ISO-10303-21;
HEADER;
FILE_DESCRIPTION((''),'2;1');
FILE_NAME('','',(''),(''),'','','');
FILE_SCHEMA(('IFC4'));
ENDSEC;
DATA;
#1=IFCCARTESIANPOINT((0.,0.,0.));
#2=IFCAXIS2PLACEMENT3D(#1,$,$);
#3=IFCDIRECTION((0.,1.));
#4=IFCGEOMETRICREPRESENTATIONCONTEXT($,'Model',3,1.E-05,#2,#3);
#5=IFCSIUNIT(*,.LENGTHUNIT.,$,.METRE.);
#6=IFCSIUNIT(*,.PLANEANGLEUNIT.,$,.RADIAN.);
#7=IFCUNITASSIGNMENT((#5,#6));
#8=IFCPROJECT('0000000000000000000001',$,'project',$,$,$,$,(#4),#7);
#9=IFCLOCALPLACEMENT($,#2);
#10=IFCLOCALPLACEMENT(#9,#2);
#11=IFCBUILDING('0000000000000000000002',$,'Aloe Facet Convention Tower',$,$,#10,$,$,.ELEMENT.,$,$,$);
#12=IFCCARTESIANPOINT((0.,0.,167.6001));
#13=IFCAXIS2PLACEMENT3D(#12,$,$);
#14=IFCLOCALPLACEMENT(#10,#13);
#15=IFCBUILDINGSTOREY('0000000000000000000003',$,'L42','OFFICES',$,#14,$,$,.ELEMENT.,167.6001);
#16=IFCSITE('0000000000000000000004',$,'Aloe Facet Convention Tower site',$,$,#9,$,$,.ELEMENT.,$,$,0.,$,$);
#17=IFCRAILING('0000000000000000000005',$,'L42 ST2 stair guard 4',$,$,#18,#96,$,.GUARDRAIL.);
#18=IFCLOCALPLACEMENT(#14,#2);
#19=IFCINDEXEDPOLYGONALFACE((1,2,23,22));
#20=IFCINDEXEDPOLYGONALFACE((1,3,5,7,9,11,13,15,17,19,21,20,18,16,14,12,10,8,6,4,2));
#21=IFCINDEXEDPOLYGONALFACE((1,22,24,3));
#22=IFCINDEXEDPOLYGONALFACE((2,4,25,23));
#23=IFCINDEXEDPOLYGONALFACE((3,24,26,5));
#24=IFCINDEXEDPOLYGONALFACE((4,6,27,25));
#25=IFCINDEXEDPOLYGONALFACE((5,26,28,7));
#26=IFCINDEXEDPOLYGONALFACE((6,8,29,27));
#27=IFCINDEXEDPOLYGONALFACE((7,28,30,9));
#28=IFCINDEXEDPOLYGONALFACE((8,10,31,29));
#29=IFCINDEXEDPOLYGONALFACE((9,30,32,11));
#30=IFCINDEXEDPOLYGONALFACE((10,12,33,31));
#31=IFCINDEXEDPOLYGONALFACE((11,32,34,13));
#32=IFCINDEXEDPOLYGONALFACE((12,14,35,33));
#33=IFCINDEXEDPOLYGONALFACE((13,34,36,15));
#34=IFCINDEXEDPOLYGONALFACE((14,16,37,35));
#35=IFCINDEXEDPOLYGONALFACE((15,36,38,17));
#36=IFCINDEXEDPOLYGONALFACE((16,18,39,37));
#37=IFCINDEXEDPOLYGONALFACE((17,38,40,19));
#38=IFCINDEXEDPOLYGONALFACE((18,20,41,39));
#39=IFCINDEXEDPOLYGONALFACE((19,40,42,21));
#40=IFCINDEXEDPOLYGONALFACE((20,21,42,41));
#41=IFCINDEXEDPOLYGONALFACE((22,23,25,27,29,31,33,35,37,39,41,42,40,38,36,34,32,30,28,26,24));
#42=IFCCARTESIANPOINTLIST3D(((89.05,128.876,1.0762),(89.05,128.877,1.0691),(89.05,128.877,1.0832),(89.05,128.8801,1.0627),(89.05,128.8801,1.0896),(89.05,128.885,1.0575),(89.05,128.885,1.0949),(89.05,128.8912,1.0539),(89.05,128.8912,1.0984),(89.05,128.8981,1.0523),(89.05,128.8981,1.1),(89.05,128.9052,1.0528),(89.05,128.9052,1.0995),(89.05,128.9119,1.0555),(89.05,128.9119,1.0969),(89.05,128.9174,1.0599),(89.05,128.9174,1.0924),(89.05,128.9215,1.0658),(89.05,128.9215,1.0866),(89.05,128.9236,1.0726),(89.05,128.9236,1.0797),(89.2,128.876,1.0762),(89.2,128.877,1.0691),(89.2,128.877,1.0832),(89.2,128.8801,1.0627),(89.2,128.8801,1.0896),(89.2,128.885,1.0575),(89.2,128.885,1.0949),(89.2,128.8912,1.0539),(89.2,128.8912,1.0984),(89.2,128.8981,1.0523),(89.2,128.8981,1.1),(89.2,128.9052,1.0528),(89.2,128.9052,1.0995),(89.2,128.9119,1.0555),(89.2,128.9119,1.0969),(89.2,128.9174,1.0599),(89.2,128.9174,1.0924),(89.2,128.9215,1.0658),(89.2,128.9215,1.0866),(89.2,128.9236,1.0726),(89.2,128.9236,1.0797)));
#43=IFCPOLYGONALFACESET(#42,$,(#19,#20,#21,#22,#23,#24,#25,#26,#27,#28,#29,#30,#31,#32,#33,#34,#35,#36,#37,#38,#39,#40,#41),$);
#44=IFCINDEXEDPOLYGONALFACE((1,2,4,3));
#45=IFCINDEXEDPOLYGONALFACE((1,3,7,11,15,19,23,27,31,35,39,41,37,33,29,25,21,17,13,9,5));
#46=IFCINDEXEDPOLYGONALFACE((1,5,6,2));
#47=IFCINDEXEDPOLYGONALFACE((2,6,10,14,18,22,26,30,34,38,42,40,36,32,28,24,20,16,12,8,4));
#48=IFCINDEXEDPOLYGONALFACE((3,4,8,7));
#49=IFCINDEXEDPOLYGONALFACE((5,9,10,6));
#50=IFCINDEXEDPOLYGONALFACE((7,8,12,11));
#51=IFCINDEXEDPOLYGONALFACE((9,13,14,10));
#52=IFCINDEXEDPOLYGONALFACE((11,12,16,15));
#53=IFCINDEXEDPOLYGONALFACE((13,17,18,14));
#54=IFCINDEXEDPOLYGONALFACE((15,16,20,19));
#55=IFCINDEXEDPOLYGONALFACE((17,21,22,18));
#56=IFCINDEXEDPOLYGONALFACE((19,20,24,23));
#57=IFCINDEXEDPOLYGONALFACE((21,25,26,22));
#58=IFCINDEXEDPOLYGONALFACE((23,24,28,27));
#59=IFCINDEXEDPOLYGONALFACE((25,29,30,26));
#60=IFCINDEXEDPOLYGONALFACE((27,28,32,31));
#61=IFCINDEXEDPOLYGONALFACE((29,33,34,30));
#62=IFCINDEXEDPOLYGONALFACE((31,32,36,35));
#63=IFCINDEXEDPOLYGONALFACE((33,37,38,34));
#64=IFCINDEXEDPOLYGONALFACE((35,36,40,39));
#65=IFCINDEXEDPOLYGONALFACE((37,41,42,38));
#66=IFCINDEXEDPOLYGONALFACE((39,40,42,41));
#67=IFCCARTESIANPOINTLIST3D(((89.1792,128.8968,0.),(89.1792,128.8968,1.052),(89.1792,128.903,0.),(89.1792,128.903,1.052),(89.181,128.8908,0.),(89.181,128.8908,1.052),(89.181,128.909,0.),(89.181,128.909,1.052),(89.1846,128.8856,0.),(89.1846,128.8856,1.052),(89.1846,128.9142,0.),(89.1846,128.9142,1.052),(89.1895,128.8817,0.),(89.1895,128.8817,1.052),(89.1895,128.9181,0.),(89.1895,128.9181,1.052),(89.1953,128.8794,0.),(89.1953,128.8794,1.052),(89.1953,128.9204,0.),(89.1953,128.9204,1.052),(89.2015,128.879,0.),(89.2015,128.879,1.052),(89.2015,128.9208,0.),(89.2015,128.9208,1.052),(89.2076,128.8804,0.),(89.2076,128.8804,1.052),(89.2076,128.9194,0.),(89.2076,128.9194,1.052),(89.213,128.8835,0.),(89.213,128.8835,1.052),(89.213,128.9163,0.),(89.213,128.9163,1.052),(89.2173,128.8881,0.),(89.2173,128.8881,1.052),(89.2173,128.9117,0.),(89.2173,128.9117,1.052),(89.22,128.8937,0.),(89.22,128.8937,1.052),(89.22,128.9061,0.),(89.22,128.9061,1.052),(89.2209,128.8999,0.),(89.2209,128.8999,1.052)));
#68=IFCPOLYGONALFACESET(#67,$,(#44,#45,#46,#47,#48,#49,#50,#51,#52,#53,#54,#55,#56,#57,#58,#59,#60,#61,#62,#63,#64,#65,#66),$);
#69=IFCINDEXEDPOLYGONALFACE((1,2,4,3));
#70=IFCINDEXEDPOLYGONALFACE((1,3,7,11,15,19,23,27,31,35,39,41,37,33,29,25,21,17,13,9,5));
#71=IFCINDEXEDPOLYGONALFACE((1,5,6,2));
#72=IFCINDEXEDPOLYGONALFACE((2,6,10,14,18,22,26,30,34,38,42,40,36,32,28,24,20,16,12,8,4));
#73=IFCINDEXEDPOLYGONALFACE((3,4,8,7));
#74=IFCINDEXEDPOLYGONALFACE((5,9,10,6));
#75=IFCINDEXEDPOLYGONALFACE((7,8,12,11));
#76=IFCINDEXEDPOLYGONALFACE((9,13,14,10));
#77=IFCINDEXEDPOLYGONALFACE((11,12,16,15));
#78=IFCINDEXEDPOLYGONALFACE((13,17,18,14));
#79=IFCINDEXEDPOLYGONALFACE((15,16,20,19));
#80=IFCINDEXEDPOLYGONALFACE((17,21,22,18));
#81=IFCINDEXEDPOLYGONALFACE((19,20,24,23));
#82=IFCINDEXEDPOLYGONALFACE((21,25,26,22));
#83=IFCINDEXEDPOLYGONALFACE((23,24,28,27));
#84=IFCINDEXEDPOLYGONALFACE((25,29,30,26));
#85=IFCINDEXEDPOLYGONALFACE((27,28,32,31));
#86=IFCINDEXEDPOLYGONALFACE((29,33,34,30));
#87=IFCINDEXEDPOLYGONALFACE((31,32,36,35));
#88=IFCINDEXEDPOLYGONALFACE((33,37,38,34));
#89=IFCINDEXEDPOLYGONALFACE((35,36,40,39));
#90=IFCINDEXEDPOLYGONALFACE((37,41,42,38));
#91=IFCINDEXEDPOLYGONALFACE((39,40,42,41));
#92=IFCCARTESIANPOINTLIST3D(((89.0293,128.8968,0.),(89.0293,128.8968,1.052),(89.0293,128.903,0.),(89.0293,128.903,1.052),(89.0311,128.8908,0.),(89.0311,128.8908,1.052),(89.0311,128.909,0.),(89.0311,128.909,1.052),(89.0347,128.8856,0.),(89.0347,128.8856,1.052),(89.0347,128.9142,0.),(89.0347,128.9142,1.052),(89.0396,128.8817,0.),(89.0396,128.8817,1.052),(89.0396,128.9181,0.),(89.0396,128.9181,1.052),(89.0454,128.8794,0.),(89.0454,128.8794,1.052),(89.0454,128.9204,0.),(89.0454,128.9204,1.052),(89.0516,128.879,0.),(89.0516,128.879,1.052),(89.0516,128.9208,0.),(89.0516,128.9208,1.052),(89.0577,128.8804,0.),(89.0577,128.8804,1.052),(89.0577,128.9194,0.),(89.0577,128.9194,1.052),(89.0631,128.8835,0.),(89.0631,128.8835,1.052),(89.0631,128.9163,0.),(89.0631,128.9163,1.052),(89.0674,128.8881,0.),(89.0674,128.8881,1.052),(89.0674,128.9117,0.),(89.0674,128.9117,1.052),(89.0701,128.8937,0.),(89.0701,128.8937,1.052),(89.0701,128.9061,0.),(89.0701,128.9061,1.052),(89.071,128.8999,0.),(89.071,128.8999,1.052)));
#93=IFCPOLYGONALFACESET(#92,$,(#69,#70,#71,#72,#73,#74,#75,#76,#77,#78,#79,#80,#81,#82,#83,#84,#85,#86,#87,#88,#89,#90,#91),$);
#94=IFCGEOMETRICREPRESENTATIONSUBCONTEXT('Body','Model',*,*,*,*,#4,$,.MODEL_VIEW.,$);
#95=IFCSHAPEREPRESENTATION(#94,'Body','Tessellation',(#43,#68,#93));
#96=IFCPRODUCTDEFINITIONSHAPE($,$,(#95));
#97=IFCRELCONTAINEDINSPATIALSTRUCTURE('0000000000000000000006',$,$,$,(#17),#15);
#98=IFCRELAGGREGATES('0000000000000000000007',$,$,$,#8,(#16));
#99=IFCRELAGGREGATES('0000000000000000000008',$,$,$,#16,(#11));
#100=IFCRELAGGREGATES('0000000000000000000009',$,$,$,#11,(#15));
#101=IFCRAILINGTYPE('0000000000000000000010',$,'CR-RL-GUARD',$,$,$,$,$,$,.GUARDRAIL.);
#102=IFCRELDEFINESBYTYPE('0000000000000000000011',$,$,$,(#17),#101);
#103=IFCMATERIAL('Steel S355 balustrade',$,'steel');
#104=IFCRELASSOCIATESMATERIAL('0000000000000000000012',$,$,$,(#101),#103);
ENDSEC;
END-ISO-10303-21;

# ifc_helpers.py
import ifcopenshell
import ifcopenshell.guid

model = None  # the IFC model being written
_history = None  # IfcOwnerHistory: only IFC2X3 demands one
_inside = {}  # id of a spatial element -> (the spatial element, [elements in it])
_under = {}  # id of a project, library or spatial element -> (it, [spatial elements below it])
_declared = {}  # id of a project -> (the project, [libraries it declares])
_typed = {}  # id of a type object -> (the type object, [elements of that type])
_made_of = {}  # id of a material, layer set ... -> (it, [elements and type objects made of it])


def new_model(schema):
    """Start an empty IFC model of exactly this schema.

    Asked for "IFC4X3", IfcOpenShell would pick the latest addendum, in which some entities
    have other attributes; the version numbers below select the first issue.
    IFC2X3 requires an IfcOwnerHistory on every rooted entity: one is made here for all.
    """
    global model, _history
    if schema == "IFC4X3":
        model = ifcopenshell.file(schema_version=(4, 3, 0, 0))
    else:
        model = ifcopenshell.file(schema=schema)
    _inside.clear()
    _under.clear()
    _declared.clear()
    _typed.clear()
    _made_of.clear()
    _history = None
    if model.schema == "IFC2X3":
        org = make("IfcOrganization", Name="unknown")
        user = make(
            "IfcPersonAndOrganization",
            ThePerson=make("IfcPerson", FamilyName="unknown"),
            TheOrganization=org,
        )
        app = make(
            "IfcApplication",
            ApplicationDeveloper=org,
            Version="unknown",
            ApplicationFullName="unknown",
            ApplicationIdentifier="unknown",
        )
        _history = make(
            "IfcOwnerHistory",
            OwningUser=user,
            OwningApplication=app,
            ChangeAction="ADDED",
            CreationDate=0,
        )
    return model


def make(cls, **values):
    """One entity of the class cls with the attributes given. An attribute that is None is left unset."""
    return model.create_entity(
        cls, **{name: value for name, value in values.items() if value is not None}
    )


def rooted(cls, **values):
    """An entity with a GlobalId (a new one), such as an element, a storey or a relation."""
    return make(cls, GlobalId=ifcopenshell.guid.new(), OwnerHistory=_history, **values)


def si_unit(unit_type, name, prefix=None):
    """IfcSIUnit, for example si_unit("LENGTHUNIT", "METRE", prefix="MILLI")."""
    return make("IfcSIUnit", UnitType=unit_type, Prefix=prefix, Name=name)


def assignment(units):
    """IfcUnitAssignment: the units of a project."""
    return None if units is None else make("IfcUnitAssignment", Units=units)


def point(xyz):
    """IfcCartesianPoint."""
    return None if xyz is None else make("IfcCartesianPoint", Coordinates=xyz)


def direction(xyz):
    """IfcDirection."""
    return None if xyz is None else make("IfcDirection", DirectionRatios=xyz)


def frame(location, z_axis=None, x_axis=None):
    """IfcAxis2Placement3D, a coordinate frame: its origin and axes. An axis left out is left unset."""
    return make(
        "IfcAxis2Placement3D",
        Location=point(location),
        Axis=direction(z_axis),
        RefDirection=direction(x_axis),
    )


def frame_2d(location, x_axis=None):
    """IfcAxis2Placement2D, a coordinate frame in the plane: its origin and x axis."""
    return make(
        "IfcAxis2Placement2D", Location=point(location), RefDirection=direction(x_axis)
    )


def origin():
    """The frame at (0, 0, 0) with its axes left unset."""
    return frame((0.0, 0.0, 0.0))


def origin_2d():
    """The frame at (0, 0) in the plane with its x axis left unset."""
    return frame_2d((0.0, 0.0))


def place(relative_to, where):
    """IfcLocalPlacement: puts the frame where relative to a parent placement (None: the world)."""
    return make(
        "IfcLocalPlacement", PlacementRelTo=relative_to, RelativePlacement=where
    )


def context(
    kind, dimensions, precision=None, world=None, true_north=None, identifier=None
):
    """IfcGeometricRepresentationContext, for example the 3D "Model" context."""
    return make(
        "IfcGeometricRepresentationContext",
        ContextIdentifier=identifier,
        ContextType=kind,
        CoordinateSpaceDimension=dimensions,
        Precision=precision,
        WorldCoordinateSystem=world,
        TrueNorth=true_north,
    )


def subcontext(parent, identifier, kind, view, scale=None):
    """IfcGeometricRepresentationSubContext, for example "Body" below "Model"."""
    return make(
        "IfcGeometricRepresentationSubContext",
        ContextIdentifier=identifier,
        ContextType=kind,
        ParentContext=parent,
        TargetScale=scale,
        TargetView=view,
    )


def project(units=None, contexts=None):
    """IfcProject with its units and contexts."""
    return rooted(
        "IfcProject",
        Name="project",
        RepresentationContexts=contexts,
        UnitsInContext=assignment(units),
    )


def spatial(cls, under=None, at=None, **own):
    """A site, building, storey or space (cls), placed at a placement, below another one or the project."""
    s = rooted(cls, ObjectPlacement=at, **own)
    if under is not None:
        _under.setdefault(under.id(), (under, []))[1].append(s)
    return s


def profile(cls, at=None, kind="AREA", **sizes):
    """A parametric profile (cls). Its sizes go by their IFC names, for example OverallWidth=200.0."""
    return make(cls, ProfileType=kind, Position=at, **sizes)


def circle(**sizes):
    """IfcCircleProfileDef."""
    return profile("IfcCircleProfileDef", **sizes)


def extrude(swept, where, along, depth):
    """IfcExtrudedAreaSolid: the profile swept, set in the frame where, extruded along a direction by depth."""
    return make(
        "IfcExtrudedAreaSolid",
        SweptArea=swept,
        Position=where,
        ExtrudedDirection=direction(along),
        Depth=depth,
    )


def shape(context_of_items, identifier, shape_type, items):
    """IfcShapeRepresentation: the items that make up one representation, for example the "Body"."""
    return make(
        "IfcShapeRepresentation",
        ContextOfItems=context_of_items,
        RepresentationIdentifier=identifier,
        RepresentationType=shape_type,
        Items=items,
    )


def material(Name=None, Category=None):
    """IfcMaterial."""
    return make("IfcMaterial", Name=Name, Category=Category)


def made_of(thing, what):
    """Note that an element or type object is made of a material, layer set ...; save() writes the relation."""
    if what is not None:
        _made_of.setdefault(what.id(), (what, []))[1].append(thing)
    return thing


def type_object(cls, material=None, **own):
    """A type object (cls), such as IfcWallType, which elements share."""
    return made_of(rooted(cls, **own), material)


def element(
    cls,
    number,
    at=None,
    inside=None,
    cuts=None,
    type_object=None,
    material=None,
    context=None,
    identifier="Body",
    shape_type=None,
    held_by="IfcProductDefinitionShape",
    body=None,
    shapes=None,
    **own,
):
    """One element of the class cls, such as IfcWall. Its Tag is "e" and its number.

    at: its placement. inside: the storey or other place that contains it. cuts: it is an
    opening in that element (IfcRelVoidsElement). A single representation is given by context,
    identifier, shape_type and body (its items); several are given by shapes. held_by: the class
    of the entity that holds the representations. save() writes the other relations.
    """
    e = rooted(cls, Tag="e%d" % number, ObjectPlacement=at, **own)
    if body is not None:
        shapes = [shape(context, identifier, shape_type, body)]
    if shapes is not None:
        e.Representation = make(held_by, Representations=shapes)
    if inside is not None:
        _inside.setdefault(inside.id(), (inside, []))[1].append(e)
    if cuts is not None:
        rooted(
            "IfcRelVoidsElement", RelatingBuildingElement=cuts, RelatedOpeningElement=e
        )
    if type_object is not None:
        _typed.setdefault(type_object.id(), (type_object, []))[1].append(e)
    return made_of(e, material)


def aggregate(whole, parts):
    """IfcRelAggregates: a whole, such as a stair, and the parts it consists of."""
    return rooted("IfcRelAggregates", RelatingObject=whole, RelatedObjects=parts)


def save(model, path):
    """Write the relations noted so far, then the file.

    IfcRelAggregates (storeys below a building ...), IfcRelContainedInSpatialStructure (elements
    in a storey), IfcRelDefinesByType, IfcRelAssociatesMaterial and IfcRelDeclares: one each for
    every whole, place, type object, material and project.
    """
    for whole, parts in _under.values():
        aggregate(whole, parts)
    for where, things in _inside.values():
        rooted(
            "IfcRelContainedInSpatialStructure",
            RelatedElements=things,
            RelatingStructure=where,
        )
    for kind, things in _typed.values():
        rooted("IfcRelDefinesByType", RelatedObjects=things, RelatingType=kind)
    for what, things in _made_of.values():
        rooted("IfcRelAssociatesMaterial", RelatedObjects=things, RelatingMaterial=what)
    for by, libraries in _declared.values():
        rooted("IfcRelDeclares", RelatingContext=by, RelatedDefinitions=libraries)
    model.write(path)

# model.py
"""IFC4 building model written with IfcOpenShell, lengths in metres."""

from ifc_helpers import new_model, si_unit, direction, frame, origin, origin_2d, place, context, subcontext, project, spatial, circle, extrude, material, type_object, element, save


model = new_model("IFC4")

# Units and contexts
model_context = context("Model", 3, precision=1e-05, world=origin(), true_north=direction((0.0, 1.0)))
body_context = subcontext(model_context, "Body", "Model", "MODEL_VIEW")
ifc_project = project(units=[si_unit("LENGTHUNIT", "METRE"), si_unit("PLANEANGLEUNIT", "RADIAN")], contexts=[model_context])

# Site, building, storey
site_placement = place(None, origin())
site = spatial("IfcSite", under=ifc_project, at=site_placement, Name="Aloe Facet Convention Tower site", CompositionType="ELEMENT", RefElevation=0.0)
building_placement = place(site_placement, origin())
building = spatial("IfcBuilding", under=site, at=building_placement, Name="Aloe Facet Convention Tower", CompositionType="ELEMENT")
storey_placement = place(building_placement, frame((0.0, 0.0, 167.6001)))
storey = spatial("IfcBuildingStorey", under=building, at=storey_placement, Name="L42", Description="OFFICES", CompositionType="ELEMENT", Elevation=167.6001)

# Railing
ifc_material_1 = material(Name="Steel S355 balustrade", Category="steel")
railing_type_1 = type_object("IfcRailingType", Name="CR-RL-GUARD", PredefinedType="GUARDRAIL", material=ifc_material_1)
railing_1_placement = place(storey_placement, frame((89.2, 128.8999, 0.0)))
element("IfcRailing", 1, at=railing_1_placement, inside=storey, type_object=railing_type_1, Name="L42 ST2 stair guard 4", PredefinedType="GUARDRAIL", context=body_context, shape_type="SweptSolid", body=[
    extrude(circle(Radius=0.0239, at=origin_2d()), frame((0.0, 0.0, 1.0762), z_axis=(-1.0, 0.0, 0.0), x_axis=(0.0, -1.0, 0.0)), (0.0, 0.0, 1.0), 0.1499),
    extrude(circle(Radius=0.021, at=origin_2d()), origin(), (0.0, 0.0, 1.0), 1.052),
    extrude(circle(Radius=0.021, at=origin_2d()), frame((-0.1499, 0.0, 0.0)), (0.0, 0.0, 1.0), 1.052),
])

save(model, "model.ifc")
